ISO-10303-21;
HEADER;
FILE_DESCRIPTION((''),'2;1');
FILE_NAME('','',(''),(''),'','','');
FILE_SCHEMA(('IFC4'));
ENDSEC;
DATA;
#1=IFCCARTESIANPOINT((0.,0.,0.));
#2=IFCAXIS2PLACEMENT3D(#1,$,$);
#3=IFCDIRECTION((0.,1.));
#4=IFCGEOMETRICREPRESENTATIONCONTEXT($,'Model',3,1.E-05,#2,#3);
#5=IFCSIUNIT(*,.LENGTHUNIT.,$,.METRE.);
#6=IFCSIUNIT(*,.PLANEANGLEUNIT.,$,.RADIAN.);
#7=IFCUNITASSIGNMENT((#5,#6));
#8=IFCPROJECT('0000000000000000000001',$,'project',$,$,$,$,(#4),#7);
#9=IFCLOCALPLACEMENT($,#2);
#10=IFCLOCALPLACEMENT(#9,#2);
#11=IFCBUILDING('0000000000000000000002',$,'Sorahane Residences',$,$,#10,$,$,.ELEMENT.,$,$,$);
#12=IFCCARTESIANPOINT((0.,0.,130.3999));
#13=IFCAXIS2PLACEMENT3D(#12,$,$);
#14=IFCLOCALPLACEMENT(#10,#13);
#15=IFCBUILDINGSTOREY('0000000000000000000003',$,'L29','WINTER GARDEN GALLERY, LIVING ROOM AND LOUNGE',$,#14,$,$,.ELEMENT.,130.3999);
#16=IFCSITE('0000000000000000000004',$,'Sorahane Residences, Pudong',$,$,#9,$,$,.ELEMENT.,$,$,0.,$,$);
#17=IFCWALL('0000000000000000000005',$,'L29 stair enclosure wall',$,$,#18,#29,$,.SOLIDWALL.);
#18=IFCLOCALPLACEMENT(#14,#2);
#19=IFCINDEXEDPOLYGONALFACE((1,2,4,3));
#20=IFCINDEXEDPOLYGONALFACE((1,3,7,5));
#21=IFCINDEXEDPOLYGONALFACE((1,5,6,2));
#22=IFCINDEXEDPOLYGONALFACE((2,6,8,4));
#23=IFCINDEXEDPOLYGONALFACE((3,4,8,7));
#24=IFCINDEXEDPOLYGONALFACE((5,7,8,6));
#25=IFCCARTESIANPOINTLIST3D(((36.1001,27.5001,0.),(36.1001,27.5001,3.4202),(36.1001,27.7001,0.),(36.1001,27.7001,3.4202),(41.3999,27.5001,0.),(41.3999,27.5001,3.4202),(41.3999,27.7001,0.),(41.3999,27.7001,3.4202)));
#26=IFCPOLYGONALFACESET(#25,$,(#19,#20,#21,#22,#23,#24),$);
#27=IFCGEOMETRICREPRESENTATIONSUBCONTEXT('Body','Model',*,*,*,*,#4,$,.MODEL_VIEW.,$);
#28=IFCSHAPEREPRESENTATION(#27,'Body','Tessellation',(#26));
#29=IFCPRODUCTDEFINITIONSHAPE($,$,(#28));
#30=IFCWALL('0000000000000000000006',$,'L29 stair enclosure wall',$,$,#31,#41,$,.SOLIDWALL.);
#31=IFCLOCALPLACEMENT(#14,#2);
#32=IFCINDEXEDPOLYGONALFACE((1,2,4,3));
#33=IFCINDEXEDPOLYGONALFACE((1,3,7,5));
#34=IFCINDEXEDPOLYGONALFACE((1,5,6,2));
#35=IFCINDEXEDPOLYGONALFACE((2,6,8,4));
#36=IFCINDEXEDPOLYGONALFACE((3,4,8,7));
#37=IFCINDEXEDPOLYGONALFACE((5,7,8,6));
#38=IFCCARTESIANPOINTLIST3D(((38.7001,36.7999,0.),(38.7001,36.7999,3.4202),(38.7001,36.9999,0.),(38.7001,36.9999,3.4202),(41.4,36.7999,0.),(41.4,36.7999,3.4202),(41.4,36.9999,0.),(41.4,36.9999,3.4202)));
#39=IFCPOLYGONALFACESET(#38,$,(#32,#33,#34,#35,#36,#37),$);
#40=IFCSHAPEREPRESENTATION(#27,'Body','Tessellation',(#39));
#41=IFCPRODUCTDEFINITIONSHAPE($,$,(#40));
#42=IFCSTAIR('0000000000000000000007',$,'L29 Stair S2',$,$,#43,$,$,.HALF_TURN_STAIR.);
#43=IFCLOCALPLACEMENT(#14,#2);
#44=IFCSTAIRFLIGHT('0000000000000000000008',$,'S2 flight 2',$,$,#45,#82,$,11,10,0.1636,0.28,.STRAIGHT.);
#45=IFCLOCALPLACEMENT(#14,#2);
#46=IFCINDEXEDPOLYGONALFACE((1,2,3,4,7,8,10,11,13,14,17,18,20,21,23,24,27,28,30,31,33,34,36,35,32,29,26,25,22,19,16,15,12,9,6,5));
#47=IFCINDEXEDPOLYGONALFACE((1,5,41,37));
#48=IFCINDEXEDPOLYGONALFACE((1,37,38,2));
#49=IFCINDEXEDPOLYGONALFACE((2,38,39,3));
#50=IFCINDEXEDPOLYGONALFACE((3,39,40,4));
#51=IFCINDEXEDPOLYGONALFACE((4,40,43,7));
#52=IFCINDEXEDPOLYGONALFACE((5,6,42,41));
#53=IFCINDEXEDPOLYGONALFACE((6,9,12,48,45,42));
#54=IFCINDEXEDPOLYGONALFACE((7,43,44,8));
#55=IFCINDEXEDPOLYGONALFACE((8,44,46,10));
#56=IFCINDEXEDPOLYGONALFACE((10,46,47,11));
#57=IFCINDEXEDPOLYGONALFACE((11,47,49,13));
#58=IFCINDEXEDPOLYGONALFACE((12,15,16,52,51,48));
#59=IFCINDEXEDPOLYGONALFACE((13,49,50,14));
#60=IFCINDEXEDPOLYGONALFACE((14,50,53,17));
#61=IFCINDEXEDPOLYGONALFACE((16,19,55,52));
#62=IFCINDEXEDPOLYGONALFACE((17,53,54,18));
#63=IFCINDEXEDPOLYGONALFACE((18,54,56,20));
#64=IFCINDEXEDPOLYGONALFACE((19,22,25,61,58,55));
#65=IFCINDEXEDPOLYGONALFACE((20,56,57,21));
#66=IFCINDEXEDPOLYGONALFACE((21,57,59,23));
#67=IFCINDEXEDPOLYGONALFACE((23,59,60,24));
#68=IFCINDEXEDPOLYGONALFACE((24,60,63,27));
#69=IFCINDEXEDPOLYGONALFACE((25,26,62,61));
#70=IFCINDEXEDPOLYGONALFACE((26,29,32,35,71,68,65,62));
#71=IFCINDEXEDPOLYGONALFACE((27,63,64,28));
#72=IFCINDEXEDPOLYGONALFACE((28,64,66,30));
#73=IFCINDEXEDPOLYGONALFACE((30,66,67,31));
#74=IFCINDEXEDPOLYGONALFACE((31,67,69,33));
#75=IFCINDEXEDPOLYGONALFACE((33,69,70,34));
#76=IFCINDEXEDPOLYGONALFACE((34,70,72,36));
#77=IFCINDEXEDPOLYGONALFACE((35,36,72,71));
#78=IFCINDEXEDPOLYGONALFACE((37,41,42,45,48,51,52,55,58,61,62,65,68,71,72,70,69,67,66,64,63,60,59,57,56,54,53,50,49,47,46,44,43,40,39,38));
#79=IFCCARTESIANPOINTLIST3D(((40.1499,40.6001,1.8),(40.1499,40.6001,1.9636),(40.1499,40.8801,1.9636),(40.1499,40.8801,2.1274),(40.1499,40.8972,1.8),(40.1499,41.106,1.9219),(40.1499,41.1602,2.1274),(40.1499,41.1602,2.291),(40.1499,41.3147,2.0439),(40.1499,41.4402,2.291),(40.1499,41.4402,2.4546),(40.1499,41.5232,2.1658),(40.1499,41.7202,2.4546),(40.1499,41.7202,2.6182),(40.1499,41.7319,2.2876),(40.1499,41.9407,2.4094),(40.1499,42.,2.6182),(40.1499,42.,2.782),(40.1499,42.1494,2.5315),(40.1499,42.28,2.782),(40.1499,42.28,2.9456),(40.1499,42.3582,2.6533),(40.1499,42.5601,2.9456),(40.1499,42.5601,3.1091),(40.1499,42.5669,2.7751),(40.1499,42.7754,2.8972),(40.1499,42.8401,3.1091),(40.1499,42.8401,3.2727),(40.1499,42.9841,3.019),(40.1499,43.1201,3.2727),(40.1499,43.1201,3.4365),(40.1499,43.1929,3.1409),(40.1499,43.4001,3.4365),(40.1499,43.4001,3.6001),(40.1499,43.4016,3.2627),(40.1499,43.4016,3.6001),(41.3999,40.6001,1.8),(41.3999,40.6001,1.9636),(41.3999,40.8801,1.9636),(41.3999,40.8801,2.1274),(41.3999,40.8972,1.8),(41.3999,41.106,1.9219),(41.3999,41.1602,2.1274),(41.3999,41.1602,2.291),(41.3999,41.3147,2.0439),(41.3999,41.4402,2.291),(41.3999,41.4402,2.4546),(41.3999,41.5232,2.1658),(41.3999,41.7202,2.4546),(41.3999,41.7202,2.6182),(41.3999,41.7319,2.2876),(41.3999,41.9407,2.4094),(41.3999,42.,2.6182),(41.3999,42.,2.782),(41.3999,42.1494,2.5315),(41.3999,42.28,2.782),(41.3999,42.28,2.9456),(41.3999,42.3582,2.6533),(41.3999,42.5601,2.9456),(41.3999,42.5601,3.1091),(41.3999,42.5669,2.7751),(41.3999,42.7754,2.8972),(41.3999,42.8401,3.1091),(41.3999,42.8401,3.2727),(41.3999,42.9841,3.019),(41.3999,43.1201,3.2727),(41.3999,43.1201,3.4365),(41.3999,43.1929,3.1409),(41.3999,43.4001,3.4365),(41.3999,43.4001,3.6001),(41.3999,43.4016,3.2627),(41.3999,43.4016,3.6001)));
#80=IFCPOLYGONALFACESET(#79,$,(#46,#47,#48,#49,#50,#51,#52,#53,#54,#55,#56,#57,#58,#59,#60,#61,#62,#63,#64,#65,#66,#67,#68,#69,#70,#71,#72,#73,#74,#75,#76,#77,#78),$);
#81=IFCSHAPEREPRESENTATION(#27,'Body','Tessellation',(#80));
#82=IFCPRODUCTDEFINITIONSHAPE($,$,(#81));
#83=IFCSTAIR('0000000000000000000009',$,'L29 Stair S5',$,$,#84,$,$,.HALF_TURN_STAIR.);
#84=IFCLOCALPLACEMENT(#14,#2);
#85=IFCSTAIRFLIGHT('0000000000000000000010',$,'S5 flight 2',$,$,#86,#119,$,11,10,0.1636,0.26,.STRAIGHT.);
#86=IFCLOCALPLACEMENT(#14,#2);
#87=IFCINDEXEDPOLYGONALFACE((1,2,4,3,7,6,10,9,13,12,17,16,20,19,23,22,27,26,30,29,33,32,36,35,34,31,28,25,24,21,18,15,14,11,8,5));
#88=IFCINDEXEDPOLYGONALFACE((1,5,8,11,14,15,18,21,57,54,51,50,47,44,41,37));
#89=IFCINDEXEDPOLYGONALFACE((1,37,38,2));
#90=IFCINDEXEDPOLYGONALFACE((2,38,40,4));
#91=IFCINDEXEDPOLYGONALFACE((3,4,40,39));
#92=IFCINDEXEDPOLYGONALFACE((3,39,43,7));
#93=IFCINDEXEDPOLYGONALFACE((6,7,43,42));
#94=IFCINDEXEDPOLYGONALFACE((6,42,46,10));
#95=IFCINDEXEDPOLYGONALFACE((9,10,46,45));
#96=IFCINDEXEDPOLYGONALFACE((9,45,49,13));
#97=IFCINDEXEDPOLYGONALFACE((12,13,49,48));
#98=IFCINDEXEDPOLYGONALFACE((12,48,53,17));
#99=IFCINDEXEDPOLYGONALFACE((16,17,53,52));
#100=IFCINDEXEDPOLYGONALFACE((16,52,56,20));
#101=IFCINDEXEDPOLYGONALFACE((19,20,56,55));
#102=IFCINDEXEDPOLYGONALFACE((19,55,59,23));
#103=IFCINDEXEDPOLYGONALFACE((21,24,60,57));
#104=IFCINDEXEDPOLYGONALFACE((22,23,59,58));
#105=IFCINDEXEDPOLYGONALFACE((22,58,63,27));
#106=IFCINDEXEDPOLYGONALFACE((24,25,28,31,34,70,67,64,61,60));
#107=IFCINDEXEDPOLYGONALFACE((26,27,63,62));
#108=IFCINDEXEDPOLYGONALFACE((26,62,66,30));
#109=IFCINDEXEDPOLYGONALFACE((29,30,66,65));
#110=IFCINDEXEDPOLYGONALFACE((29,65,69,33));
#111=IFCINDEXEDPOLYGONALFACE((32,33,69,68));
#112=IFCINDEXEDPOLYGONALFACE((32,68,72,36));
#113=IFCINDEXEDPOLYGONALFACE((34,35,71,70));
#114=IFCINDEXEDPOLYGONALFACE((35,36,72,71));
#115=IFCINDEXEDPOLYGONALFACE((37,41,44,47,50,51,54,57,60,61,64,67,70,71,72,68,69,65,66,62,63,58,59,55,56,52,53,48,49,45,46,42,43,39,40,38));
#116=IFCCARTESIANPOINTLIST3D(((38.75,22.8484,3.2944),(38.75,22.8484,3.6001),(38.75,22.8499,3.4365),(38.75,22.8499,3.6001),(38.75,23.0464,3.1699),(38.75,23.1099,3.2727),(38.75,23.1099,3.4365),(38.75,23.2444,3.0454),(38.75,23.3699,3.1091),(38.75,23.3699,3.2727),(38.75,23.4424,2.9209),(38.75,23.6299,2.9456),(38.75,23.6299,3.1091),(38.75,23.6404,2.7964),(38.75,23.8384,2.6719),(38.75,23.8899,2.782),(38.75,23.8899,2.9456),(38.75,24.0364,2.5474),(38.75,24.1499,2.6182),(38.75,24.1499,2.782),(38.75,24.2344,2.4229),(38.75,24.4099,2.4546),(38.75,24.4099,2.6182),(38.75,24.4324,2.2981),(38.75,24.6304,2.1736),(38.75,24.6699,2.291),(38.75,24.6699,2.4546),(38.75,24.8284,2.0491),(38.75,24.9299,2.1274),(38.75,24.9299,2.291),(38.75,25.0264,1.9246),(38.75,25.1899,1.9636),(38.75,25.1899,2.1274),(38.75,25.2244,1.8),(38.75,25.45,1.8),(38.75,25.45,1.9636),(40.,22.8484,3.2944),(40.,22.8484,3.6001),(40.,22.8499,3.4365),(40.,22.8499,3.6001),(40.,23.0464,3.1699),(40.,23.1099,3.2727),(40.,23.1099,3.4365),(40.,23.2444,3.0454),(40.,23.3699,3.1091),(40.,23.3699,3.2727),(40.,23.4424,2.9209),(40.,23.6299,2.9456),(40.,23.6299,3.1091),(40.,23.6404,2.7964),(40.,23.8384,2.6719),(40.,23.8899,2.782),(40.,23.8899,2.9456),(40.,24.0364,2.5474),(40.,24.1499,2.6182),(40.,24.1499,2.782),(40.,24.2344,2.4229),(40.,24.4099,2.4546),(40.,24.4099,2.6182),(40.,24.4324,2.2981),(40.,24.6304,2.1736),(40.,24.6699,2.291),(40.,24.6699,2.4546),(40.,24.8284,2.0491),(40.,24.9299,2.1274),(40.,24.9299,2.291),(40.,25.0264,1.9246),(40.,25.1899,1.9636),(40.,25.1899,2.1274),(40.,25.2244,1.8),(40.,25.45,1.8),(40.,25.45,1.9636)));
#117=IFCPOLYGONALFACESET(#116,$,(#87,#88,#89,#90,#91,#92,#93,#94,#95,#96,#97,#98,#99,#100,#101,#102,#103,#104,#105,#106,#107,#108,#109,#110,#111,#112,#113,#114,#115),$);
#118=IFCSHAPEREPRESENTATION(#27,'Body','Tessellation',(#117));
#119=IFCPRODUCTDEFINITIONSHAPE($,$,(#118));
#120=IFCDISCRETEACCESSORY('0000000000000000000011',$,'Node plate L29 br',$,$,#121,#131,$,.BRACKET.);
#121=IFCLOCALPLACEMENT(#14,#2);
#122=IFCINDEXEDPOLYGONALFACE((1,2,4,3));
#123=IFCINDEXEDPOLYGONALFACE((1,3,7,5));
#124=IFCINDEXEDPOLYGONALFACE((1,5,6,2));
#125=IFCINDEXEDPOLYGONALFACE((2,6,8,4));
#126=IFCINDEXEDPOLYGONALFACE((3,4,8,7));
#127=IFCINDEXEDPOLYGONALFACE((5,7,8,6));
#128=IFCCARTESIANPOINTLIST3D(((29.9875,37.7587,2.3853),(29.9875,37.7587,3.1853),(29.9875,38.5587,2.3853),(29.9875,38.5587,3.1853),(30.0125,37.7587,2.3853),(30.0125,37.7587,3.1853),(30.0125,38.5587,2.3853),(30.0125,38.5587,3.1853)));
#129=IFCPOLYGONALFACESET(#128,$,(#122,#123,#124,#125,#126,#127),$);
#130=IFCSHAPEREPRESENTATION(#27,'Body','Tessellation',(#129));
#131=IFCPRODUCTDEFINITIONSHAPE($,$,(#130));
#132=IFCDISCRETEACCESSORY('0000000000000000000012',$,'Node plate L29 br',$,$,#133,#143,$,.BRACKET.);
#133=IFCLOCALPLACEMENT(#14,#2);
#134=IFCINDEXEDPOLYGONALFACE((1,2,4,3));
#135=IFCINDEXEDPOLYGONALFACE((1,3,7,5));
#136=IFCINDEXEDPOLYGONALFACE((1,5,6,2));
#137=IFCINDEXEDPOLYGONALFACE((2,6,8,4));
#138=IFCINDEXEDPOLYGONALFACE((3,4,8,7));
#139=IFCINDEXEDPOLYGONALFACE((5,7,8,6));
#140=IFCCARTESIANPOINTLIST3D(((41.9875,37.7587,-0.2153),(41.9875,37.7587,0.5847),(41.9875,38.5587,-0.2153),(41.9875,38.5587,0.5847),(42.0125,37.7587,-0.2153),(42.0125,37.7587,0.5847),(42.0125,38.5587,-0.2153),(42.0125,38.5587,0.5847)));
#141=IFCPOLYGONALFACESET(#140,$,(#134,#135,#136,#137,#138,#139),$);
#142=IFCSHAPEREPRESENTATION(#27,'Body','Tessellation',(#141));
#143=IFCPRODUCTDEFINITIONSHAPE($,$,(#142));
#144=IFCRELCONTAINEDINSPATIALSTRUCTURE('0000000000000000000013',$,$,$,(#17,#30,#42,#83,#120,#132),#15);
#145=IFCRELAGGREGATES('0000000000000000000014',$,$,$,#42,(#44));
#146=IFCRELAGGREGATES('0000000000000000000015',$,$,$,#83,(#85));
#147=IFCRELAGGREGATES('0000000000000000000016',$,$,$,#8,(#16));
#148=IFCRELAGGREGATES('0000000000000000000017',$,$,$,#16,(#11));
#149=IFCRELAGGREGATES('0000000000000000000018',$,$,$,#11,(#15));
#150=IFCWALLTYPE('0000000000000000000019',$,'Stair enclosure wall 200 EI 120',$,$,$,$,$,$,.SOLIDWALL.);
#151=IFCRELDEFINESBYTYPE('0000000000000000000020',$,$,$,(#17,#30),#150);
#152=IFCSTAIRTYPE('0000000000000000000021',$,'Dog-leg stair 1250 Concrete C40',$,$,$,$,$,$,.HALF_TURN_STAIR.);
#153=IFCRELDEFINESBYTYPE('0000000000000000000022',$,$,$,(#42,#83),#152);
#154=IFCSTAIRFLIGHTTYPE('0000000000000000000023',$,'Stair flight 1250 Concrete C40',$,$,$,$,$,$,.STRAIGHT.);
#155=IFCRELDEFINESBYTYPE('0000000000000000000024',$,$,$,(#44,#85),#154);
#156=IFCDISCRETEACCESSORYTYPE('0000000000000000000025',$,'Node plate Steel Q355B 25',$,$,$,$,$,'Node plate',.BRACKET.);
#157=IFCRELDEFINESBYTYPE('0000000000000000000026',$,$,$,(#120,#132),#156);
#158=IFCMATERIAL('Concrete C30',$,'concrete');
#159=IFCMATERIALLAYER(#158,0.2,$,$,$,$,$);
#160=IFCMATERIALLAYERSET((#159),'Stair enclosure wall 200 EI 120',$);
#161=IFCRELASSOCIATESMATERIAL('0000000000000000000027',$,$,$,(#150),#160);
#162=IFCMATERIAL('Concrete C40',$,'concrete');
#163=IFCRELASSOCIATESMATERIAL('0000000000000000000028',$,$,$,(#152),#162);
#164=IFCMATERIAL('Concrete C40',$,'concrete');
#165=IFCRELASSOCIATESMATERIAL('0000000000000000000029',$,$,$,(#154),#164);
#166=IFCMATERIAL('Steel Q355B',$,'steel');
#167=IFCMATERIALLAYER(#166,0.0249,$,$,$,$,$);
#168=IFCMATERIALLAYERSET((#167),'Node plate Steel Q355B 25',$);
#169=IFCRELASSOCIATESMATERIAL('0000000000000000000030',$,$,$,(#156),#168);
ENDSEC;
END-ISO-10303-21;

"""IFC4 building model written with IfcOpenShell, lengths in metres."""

from ifc_helpers import new_model, si_unit, direction, frame, frame_2d, origin, origin_2d, place, context, subcontext, project, spatial, polyline, rectangle, outline, extrude, material, layer, layer_set, type_object, element, aggregate, save


model = new_model("IFC4")

# Units and contexts
model_context = context("Model", 3, precision=1e-05, world=origin(), true_north=direction((0.0, 1.0)))
body_context = subcontext(model_context, "Body", "Model", "MODEL_VIEW")
ifc_project = project(units=[si_unit("LENGTHUNIT", "METRE"), si_unit("PLANEANGLEUNIT", "RADIAN")], contexts=[model_context])

# Site, building, storey
site_placement = place(None, origin())
site = spatial("IfcSite", under=ifc_project, at=site_placement, Name="Sorahane Residences, Pudong", CompositionType="ELEMENT", RefElevation=0.0)
building_placement = place(site_placement, origin())
building = spatial("IfcBuilding", under=site, at=building_placement, Name="Sorahane Residences", CompositionType="ELEMENT")
storey_placement = place(building_placement, frame((0.0, 0.0, 130.3999)))
storey = spatial("IfcBuildingStorey", under=building, at=storey_placement, Name="L29", Description="WINTER GARDEN GALLERY, LIVING ROOM AND LOUNGE", CompositionType="ELEMENT", Elevation=130.3999)

# Walls
ifc_material_1 = material(Name="Concrete C30", Category="concrete")
ifc_layer_1 = layer(ifc_material_1, 0.2)
ifc_layer_set_1 = layer_set([ifc_layer_1], Name="Stair enclosure wall 200 EI 120")
wall_type_1 = type_object("IfcWallType", Name="Stair enclosure wall 200 EI 120", PredefinedType="SOLIDWALL", material=ifc_layer_set_1)
wall_1_placement = place(storey_placement, frame((36.1001, 27.6001, 0.0), z_axis=(0.0, 0.0, 1.0), x_axis=(1.0, 0.0, 0.0)))
element("IfcWall", 1, at=wall_1_placement, inside=storey, type_object=wall_type_1, Name="L29 stair enclosure wall", PredefinedType="SOLIDWALL", context=body_context, shape_type="SweptSolid", body=[
    extrude(rectangle(XDim=5.2998, YDim=0.2, at=frame_2d((2.6499, 0.0))), origin(), (0.0, 0.0, 1.0), 3.4202),
])
wall_2_placement = place(storey_placement, frame((38.7, 36.8999, 0.0), z_axis=(0.0, 0.0, 1.0), x_axis=(1.0, 0.0, 0.0)))
element("IfcWall", 2, at=wall_2_placement, inside=storey, type_object=wall_type_1, Name="L29 stair enclosure wall", PredefinedType="SOLIDWALL", context=body_context, shape_type="SweptSolid", body=[
    extrude(rectangle(XDim=2.7, YDim=0.2, at=frame_2d((1.3501, 0.0))), origin(), (0.0, 0.0, 1.0), 3.4202),
])

# Stairs, stair flights
ifc_material_2 = material(Name="Concrete C40", Category="concrete")
stair_type = type_object("IfcStairType", Name="Dog-leg stair 1250 Concrete C40", PredefinedType="HALF_TURN_STAIR", material=ifc_material_2)
stair_1_placement = place(storey_placement, origin())
stair_1 = element("IfcStair", 3, at=stair_1_placement, inside=storey, type_object=stair_type, Name="L29 Stair S2", PredefinedType="HALF_TURN_STAIR")
ifc_material_3 = material(Name="Concrete C40", Category="concrete")
stair_flight_type = type_object("IfcStairFlightType", Name="Stair flight 1250 Concrete C40", PredefinedType="STRAIGHT", material=ifc_material_3)
stair_flight_1_placement = place(storey_placement, frame((40.7749, 40.6001, 1.8), z_axis=(0.0, 0.0, 1.0), x_axis=(0.0, 1.0, 0.0)))
stair_flight_1 = element("IfcStairFlight", 4, at=stair_flight_1_placement, type_object=stair_flight_type, Name="S2 flight 2", NumberOfRisers=11, NumberOfTreads=10, PredefinedType="STRAIGHT", RiserHeight=0.1636, TreadLength=0.28, context=body_context, shape_type="SweptSolid", body=[
    extrude(outline(polyline([(0.0, 0.0), (0.0, 0.1636), (0.28, 0.1636), (0.28, 0.3274), (0.5601, 0.3274), (0.5601, 0.491), (0.8401, 0.491), (0.8401, 0.6545), (1.1201, 0.6545), (1.1201, 0.8181), (1.3999, 0.8181), (1.3999, 0.9819), (1.6799, 0.9819), (1.6799, 1.1455), (1.96, 1.1455), (1.96, 1.3091), (2.24, 1.3091), (2.24, 1.4727), (2.52, 1.4727), (2.52, 1.6365), (2.8, 1.6365), (2.8, 1.8), (2.8015, 1.8), (2.8015, 1.4626), (2.5928, 1.3408), (2.384, 1.219), (2.1753, 1.0972), (1.9668, 0.9751), (1.7581, 0.8533), (1.5493, 0.7314), (1.3406, 0.6094), (1.1318, 0.4875), (0.9231, 0.3657), (0.7146, 0.2439), (0.5059, 0.1218), (0.2971, 0.0), (0.0, 0.0)])), frame((0.0, 0.625, 0.0), z_axis=(0.0, -1.0, 0.0), x_axis=(1.0, 0.0, 0.0)), (0.0, 0.0, 1.0), 1.25),
])
aggregate(stair_1, [stair_flight_1])
stair_2_placement = place(storey_placement, origin())
stair_2 = element("IfcStair", 5, at=stair_2_placement, inside=storey, type_object=stair_type, Name="L29 Stair S5", PredefinedType="HALF_TURN_STAIR")
stair_flight_2_placement = place(storey_placement, frame((39.375, 25.45, 1.8), z_axis=(0.0, 0.0, 1.0), x_axis=(0.0, -1.0, 0.0)))
stair_flight_2 = element("IfcStairFlight", 6, at=stair_flight_2_placement, type_object=stair_flight_type, Name="S5 flight 2", NumberOfRisers=11, NumberOfTreads=10, PredefinedType="STRAIGHT", RiserHeight=0.1636, TreadLength=0.26, context=body_context, shape_type="SweptSolid", body=[
    extrude(outline(polyline([(0.0, 0.0), (0.0, 0.1636), (0.26, 0.1636), (0.26, 0.3274), (0.52, 0.3274), (0.52, 0.491), (0.78, 0.491), (0.78, 0.6545), (1.04, 0.6545), (1.04, 0.8181), (1.3, 0.8181), (1.3, 0.9819), (1.5601, 0.9819), (1.5601, 1.1455), (1.8201, 1.1455), (1.8201, 1.3091), (2.0801, 1.3091), (2.0801, 1.4727), (2.3401, 1.4727), (2.3401, 1.6365), (2.6001, 1.6365), (2.6001, 1.8), (2.6016, 1.8), (2.6016, 1.4944), (2.4036, 1.3699), (2.2056, 1.2454), (2.0076, 1.1208), (1.8096, 0.9963), (1.6116, 0.8718), (1.4136, 0.7473), (1.2156, 0.6228), (1.0176, 0.498), (0.8196, 0.3735), (0.6216, 0.249), (0.4236, 0.1245), (0.2256, 0.0), (0.0, 0.0)])), frame((0.0, 0.625, 0.0), z_axis=(0.0, -1.0, 0.0), x_axis=(1.0, 0.0, 0.0)), (0.0, 0.0, 1.0), 1.25),
])
aggregate(stair_2, [stair_flight_2])

# Discrete accessories
ifc_material_4 = material(Name="Steel Q355B", Category="steel")
ifc_layer_2 = layer(ifc_material_4, 0.0249)
ifc_layer_set_2 = layer_set([ifc_layer_2], Name="Node plate Steel Q355B 25")
discrete_accessory_type = type_object("IfcDiscreteAccessoryType", Name="Node plate Steel Q355B 25", ElementType="Node plate", PredefinedType="BRACKET", material=ifc_layer_set_2)
for number, where, z_axis, x_axis, name in (
    (7, (30.0, 38.1587, 2.3853), (0.0, 0.0, 1.0), (0.0, 1.0, 0.0), "Node plate L29 br"),
    (8, (42.0, 38.1587, -0.2153), (0.0, 0.0, 1.0), (0.0, 1.0, 0.0), "Node plate L29 br"),
):
    element("IfcDiscreteAccessory", number, at=place(storey_placement, frame(where, z_axis=z_axis, x_axis=x_axis)), inside=storey, type_object=discrete_accessory_type, Name=name, PredefinedType="BRACKET", context=body_context, shape_type="SweptSolid", body=[
        extrude(rectangle(XDim=0.8, YDim=0.0249, at=origin_2d()), origin(), (0.0, 0.0, 1.0), 0.8),
    ])

save(model, "model.ifc")
